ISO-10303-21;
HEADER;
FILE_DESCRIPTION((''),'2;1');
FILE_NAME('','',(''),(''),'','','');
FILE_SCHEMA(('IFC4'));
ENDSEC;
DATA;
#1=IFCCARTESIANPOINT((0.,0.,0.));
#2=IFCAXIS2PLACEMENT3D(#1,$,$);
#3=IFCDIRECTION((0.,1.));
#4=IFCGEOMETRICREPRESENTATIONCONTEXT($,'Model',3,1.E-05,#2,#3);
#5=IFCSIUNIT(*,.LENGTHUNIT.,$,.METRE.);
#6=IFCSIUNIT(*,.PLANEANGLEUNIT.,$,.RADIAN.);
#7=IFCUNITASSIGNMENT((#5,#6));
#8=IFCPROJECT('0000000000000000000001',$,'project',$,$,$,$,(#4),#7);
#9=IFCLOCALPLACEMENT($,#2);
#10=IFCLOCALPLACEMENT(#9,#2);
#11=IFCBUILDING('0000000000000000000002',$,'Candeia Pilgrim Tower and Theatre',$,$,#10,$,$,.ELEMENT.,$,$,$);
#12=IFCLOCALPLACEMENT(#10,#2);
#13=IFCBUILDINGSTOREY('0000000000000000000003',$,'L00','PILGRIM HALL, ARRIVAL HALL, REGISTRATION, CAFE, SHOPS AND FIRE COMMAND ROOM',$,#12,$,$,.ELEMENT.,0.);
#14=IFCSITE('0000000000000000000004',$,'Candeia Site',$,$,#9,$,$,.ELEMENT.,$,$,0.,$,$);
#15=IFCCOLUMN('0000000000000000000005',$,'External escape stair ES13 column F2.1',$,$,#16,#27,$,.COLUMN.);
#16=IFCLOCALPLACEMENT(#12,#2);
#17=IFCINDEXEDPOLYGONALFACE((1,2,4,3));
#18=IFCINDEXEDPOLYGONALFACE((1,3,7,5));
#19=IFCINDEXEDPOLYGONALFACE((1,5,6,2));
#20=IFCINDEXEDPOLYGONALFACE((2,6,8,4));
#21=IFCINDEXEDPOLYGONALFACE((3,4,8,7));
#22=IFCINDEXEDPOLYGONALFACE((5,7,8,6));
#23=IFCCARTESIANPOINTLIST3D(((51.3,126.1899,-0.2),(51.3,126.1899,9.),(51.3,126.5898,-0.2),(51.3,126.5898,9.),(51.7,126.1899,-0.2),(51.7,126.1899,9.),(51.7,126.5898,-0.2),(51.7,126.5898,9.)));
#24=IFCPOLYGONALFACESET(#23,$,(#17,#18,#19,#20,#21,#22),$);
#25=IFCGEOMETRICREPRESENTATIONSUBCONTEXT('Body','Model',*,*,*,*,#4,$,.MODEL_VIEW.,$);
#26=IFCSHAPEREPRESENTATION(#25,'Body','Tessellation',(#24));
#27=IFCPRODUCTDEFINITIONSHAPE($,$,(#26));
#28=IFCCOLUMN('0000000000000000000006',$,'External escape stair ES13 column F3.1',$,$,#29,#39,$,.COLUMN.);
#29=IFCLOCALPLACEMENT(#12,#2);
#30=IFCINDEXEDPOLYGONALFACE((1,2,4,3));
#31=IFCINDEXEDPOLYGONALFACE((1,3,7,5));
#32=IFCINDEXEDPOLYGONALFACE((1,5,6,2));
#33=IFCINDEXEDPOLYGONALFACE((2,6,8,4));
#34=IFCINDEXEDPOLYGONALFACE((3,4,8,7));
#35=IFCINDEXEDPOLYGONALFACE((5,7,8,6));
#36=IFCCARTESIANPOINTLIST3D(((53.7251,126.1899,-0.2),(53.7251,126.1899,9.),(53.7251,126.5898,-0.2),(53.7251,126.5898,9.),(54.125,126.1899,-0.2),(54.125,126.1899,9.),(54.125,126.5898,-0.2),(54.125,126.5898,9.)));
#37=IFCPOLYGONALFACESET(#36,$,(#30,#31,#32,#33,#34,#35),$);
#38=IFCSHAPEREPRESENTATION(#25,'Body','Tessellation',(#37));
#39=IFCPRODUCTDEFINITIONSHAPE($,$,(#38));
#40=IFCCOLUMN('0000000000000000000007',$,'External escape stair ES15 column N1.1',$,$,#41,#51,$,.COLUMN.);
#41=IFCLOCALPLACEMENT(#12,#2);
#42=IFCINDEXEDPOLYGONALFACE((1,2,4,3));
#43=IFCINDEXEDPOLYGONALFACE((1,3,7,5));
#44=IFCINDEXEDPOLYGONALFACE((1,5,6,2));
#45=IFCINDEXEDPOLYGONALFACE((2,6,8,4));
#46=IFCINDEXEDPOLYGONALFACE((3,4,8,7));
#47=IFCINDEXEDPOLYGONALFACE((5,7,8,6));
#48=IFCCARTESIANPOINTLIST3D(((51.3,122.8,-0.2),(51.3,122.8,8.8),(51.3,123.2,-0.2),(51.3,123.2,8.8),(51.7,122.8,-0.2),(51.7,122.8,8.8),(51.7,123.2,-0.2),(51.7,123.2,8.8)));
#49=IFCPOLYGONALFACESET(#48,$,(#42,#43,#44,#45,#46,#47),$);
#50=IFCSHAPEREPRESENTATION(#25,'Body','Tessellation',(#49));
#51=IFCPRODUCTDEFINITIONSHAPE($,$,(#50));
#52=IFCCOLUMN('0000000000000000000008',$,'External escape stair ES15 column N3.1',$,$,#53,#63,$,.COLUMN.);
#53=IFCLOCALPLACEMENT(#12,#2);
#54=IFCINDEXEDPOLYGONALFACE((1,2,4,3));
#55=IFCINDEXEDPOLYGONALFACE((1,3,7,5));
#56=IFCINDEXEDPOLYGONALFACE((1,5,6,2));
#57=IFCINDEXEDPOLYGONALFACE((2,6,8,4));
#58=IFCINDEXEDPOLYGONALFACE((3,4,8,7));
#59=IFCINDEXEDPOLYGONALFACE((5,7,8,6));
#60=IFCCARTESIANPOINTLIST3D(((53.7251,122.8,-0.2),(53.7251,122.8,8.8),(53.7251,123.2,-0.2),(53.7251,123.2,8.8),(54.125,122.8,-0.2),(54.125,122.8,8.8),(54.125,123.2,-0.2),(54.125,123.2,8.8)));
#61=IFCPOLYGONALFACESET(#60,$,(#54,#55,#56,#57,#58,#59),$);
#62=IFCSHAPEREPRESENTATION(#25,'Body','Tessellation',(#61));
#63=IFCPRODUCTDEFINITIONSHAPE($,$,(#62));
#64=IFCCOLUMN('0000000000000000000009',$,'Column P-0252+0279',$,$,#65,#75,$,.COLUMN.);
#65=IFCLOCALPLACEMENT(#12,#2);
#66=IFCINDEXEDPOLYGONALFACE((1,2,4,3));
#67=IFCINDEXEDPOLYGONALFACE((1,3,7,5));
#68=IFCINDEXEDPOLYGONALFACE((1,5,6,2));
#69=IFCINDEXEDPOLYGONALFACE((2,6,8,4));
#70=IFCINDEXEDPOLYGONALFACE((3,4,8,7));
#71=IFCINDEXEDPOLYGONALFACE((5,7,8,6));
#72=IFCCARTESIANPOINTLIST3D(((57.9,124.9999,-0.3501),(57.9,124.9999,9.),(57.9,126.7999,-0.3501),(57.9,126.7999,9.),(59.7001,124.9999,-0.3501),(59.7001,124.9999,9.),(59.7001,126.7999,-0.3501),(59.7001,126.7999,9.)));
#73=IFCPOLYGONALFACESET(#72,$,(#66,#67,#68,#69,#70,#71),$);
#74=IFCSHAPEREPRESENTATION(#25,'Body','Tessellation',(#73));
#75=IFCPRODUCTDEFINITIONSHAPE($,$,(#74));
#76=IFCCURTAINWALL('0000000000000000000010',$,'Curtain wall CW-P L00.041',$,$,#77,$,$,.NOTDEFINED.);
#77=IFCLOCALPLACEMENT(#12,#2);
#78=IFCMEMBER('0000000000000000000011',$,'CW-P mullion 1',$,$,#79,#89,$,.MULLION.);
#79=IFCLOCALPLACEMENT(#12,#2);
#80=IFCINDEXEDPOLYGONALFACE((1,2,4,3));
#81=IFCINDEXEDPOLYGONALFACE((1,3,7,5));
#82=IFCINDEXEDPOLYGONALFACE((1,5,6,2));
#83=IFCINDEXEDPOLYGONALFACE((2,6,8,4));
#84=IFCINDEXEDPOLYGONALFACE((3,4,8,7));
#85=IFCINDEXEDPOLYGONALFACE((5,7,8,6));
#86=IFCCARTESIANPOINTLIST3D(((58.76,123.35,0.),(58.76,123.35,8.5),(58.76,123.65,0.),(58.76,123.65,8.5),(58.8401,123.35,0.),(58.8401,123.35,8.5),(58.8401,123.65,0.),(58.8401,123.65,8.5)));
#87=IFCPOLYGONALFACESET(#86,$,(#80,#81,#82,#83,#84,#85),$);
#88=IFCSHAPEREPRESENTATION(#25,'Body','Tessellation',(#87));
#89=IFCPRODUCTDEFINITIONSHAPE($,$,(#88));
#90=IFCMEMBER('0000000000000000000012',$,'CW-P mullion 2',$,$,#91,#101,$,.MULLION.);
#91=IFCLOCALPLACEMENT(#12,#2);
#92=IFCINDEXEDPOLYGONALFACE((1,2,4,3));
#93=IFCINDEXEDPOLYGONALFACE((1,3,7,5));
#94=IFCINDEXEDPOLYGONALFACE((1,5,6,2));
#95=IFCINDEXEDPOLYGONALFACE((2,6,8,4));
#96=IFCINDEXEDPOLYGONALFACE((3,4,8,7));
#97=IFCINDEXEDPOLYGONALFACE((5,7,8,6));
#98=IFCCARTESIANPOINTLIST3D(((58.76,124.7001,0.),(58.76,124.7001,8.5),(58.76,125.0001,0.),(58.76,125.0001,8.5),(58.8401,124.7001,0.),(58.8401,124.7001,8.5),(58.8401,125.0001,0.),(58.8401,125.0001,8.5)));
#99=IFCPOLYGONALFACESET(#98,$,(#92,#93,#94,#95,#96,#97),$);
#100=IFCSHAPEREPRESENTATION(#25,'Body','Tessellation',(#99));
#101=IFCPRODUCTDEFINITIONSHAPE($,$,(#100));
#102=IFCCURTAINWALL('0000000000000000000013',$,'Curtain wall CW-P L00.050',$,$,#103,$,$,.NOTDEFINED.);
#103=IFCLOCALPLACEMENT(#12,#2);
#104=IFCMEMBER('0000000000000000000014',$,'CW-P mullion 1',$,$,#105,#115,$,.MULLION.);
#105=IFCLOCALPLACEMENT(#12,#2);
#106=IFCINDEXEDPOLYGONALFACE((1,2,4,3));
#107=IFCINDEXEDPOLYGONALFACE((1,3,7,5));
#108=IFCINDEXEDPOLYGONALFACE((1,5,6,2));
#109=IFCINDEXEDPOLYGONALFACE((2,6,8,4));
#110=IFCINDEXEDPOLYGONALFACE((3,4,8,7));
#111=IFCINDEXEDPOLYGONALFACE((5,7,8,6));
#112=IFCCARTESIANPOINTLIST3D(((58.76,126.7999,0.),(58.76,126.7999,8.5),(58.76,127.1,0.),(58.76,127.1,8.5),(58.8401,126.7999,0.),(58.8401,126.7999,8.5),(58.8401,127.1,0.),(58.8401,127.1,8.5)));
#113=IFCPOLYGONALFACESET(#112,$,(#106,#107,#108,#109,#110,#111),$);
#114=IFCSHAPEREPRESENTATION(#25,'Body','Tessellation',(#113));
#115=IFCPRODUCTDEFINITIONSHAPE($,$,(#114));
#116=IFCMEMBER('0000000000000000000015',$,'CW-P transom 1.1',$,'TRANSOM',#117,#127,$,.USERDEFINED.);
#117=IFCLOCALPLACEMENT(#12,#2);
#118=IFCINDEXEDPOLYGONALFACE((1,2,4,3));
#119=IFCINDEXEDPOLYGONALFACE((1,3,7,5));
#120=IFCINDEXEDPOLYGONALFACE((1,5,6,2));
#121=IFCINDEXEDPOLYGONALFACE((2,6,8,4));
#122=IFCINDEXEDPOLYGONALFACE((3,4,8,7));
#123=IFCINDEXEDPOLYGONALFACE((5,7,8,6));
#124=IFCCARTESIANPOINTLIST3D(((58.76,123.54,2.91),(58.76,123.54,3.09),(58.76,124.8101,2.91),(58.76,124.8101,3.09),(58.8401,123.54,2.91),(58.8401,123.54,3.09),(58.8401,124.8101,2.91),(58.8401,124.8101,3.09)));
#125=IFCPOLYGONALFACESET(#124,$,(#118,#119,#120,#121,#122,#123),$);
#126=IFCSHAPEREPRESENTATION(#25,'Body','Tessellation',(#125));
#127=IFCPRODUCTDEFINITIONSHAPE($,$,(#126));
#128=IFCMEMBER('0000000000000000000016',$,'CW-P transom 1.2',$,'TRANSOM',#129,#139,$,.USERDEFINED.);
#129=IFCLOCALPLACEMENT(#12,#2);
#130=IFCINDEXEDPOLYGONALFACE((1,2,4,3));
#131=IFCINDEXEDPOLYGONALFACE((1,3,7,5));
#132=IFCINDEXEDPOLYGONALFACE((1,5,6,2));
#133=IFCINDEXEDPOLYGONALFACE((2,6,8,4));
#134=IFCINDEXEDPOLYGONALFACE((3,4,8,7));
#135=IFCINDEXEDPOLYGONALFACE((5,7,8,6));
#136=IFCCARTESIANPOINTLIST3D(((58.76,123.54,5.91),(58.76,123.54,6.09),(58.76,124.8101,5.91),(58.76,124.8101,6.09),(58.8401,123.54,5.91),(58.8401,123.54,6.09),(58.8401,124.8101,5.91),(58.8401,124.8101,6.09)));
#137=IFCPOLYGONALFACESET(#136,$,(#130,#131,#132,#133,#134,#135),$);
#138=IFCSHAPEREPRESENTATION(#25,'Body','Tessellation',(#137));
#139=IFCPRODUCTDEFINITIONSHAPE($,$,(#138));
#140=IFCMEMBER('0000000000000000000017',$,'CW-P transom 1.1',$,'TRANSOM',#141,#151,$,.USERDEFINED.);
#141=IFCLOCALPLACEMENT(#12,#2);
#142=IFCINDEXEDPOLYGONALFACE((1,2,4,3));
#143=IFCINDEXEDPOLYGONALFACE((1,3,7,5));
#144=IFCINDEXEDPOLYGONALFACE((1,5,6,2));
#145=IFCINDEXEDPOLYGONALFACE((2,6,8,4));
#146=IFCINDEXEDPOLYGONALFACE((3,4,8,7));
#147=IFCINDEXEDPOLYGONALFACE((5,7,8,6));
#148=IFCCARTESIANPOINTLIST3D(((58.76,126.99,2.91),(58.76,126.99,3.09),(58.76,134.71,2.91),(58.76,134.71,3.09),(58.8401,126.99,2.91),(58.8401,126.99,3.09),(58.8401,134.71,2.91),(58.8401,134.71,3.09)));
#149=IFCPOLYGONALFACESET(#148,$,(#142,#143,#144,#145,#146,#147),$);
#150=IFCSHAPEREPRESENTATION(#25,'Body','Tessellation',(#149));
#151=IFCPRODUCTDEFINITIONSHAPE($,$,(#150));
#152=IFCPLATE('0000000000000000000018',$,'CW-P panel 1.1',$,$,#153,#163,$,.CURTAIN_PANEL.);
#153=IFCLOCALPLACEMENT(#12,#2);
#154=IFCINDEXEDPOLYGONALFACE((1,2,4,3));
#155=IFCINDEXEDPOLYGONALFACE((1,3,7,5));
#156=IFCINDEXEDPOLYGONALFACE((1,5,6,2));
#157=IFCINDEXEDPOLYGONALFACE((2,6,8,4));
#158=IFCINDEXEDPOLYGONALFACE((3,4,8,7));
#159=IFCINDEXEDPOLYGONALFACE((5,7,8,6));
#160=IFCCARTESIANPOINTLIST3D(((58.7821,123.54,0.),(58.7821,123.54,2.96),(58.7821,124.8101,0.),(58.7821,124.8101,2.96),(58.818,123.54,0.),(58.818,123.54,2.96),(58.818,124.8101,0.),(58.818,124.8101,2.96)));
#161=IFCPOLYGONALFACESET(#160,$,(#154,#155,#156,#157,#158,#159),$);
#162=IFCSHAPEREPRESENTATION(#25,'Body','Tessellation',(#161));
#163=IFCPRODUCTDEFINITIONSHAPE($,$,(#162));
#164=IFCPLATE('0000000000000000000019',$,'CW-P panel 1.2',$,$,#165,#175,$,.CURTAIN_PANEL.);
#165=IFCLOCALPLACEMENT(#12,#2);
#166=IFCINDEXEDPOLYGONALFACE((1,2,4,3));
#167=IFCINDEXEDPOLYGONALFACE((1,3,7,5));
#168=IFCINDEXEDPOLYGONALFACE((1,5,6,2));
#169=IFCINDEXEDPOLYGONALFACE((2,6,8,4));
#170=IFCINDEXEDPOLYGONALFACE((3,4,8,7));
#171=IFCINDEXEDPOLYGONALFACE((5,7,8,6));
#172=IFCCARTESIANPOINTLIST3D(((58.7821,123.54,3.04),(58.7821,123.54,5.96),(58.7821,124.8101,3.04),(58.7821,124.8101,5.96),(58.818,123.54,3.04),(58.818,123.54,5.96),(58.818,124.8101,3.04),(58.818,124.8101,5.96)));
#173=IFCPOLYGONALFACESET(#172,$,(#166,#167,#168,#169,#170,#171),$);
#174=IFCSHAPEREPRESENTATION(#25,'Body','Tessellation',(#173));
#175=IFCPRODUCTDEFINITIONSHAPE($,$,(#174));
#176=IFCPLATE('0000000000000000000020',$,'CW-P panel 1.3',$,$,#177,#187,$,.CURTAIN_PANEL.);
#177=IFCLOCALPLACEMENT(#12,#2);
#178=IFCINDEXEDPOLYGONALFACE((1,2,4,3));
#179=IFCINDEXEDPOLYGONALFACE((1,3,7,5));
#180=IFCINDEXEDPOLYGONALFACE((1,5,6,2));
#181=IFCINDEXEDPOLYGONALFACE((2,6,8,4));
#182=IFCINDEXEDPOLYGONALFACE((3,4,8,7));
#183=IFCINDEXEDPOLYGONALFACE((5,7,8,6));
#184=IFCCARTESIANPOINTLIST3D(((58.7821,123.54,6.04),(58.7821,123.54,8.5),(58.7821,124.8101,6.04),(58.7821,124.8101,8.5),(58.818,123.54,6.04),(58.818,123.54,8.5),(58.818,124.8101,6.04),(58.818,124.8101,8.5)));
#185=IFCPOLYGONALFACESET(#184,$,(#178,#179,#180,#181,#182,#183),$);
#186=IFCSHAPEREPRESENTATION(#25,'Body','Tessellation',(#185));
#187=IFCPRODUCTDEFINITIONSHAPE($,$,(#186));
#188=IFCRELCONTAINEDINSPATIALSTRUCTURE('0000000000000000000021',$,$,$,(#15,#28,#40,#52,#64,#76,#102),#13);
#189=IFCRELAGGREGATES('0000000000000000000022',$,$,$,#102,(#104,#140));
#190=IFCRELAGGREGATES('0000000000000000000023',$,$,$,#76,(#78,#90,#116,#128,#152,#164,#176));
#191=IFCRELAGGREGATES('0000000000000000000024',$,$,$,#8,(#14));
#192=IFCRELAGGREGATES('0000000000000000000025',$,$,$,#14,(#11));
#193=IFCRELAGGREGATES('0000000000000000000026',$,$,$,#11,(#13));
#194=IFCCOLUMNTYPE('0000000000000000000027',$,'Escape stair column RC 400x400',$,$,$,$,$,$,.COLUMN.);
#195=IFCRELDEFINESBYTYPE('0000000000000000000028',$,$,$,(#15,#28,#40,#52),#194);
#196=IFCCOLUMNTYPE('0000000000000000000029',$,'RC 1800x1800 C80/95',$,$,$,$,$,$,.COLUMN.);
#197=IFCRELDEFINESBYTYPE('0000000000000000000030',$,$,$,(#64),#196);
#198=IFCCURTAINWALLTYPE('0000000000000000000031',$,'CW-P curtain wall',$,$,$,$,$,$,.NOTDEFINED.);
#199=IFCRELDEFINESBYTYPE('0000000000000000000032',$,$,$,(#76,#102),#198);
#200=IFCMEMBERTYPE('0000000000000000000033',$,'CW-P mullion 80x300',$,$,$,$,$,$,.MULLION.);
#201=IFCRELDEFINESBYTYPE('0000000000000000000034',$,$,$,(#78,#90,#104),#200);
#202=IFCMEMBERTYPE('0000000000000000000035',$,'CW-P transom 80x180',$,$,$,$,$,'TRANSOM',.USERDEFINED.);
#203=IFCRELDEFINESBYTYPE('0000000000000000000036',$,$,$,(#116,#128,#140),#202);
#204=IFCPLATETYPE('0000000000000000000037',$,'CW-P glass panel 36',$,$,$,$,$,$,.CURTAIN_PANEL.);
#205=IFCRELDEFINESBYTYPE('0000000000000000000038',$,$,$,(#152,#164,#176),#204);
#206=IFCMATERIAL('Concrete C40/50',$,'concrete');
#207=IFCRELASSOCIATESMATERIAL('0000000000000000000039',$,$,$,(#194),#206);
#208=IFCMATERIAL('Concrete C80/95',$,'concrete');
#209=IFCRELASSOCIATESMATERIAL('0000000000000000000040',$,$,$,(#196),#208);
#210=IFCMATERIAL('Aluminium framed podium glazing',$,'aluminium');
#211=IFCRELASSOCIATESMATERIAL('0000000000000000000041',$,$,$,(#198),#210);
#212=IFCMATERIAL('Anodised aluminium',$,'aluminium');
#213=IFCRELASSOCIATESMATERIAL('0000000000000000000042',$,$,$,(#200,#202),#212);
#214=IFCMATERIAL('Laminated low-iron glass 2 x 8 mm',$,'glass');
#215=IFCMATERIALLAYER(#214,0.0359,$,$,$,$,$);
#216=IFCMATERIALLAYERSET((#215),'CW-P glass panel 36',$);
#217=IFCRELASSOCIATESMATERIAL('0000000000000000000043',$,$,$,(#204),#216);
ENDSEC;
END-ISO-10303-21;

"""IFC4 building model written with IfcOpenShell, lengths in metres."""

from ifc_helpers import new_model, si_unit, direction, frame, origin, origin_2d, place, context, subcontext, project, spatial, rectangle, extrude, material, layer, layer_set, material_profile, profile_set, type_object, element, aggregate, save


model = new_model("IFC4")

# Units and contexts
model_context = context("Model", 3, precision=1e-05, world=origin(), true_north=direction((0.0, 1.0)))
body_context = subcontext(model_context, "Body", "Model", "MODEL_VIEW")
ifc_project = project(units=[si_unit("LENGTHUNIT", "METRE"), si_unit("PLANEANGLEUNIT", "RADIAN")], contexts=[model_context])

# Site, building, storey
site_placement = place(None, origin())
site = spatial("IfcSite", under=ifc_project, at=site_placement, Name="Candeia Site", CompositionType="ELEMENT", RefElevation=0.0)
building_placement = place(site_placement, origin())
building = spatial("IfcBuilding", under=site, at=building_placement, Name="Candeia Pilgrim Tower and Theatre", CompositionType="ELEMENT")
storey_placement = place(building_placement, origin())
storey = spatial("IfcBuildingStorey", under=building, at=storey_placement, Name="L00", Description="PILGRIM HALL, ARRIVAL HALL, REGISTRATION, CAFE, SHOPS AND FIRE COMMAND ROOM", CompositionType="ELEMENT", Elevation=0.0)

# Shared definitions
ifc_material_1 = material(Name="Concrete C40/50", Category="concrete")

# Columns
ifc_material_profile_1 = material_profile(ifc_material_1, rectangle(XDim=0.3999, YDim=0.3999, at=origin_2d()))
ifc_profile_set_1 = profile_set([ifc_material_profile_1], Name="Concrete C40/50")
column_type_1 = type_object("IfcColumnType", Name="Escape stair column RC 400x400", PredefinedType="COLUMN", material=ifc_profile_set_1)
for number, where, z_axis, x_axis, name in (
    (1, (51.5, 126.3899, -0.2), (0.0, 0.0, 1.0), (1.0, 0.0, 0.0), "External escape stair ES13 column F2.1"),
    (2, (53.925, 126.3899, -0.2), (0.0, 0.0, 1.0), (1.0, 0.0, 0.0), "External escape stair ES13 column F3.1"),
):
    element("IfcColumn", number, at=place(storey_placement, frame(where, z_axis=z_axis, x_axis=x_axis)), inside=storey, type_object=column_type_1, Name=name, PredefinedType="COLUMN", context=body_context, shape_type="SweptSolid", body=[
        extrude(rectangle(XDim=0.3999, YDim=0.3999, at=origin_2d()), origin(), (0.0, 0.0, 1.0), 9.2),
    ])
for number, where, z_axis, x_axis, name in (
    (3, (51.5, 123.0, -0.2), (0.0, 0.0, 1.0), (1.0, 0.0, 0.0), "External escape stair ES15 column N1.1"),
    (4, (53.925, 123.0, -0.2), (0.0, 0.0, 1.0), (1.0, 0.0, 0.0), "External escape stair ES15 column N3.1"),
):
    element("IfcColumn", number, at=place(storey_placement, frame(where, z_axis=z_axis, x_axis=x_axis)), inside=storey, type_object=column_type_1, Name=name, PredefinedType="COLUMN", context=body_context, shape_type="SweptSolid", body=[
        extrude(rectangle(XDim=0.3999, YDim=0.3999, at=origin_2d()), origin(), (0.0, 0.0, 1.0), 9.0),
    ])
ifc_material_2 = material(Name="Concrete C80/95", Category="concrete")
ifc_material_profile_2 = material_profile(ifc_material_2, rectangle(XDim=1.8, YDim=1.8, at=origin_2d()))
ifc_profile_set_2 = profile_set([ifc_material_profile_2], Name="Concrete C80/95")
column_type_2 = type_object("IfcColumnType", Name="RC 1800x1800 C80/95", PredefinedType="COLUMN", material=ifc_profile_set_2)
column_1_placement = place(storey_placement, frame((58.8, 125.8999, -0.3501), z_axis=(0.0, 0.0, 1.0), x_axis=(1.0, 0.0, 0.0)))
element("IfcColumn", 5, at=column_1_placement, inside=storey, type_object=column_type_2, Name="Column P-0252+0279", PredefinedType="COLUMN", context=body_context, shape_type="SweptSolid", body=[
    extrude(rectangle(XDim=1.8, YDim=1.8, at=origin_2d()), origin(), (0.0, 0.0, 1.0), 9.3501),
])

# Curtain wall, members
ifc_material_3 = material(Name="Aluminium framed podium glazing", Category="aluminium")
curtain_wall_type = type_object("IfcCurtainWallType", Name="CW-P curtain wall", PredefinedType="NOTDEFINED", material=ifc_material_3)
curtain_wall_1_placement = place(storey_placement, origin())
curtain_wall_1 = element("IfcCurtainWall", 6, at=curtain_wall_1_placement, inside=storey, type_object=curtain_wall_type, Name="Curtain wall CW-P L00.041", PredefinedType="NOTDEFINED")
ifc_material_4 = material(Name="Anodised aluminium", Category="aluminium")
ifc_material_profile_3 = material_profile(ifc_material_4, rectangle(XDim=0.0801, YDim=0.3, at=origin_2d()))
ifc_profile_set_3 = profile_set([ifc_material_profile_3], Name="Anodised aluminium")
member_type_1 = type_object("IfcMemberType", Name="CW-P mullion 80x300", PredefinedType="MULLION", material=ifc_profile_set_3)
member_1_placement = place(storey_placement, frame((58.8, 123.5, 0.0), z_axis=(0.0, 0.0, 1.0), x_axis=(-1.0, 0.0, 0.0)))
member_1 = element("IfcMember", 7, at=member_1_placement, type_object=member_type_1, Name="CW-P mullion 1", PredefinedType="MULLION", context=body_context, shape_type="SweptSolid", body=[
    extrude(rectangle(XDim=0.0801, YDim=0.3, at=origin_2d()), origin(), (0.0, 0.0, 1.0), 8.5),
])
member_2_placement = place(storey_placement, frame((58.8, 124.8501, 0.0), z_axis=(0.0, 0.0, 1.0), x_axis=(-1.0, 0.0, 0.0)))
member_2 = element("IfcMember", 8, at=member_2_placement, type_object=member_type_1, Name="CW-P mullion 2", PredefinedType="MULLION", context=body_context, shape_type="SweptSolid", body=[
    extrude(rectangle(XDim=0.0801, YDim=0.3, at=origin_2d()), origin(), (0.0, 0.0, 1.0), 8.5),
])

# Curtain wall, member
curtain_wall_2_placement = place(storey_placement, origin())
curtain_wall_2 = element("IfcCurtainWall", 9, at=curtain_wall_2_placement, inside=storey, type_object=curtain_wall_type, Name="Curtain wall CW-P L00.050", PredefinedType="NOTDEFINED")
member_3_placement = place(storey_placement, frame((58.8, 126.95, 0.0), z_axis=(0.0, 0.0, 1.0), x_axis=(-1.0, 0.0, 0.0)))
member_3 = element("IfcMember", 10, at=member_3_placement, type_object=member_type_1, Name="CW-P mullion 1", PredefinedType="MULLION", context=body_context, shape_type="SweptSolid", body=[
    extrude(rectangle(XDim=0.0801, YDim=0.3, at=origin_2d()), origin(), (0.0, 0.0, 1.0), 8.5),
])

# Members
ifc_material_profile_4 = material_profile(ifc_material_4, rectangle(XDim=0.0801, YDim=0.1799, at=origin_2d()))
ifc_profile_set_4 = profile_set([ifc_material_profile_4], Name="Anodised aluminium")
member_type_2 = type_object("IfcMemberType", Name="CW-P transom 80x180", ElementType="TRANSOM", PredefinedType="USERDEFINED", material=ifc_profile_set_4)
member_4_placement = place(storey_placement, frame((58.8, 123.54, 3.0), z_axis=(0.0, 1.0, 0.0), x_axis=(-1.0, 0.0, 0.0)))
member_4 = element("IfcMember", 11, at=member_4_placement, type_object=member_type_2, Name="CW-P transom 1.1", ObjectType="TRANSOM", PredefinedType="USERDEFINED", context=body_context, shape_type="SweptSolid", body=[
    extrude(rectangle(XDim=0.0801, YDim=0.1799, at=origin_2d()), origin(), (0.0, 0.0, 1.0), 1.27),
])
member_5_placement = place(storey_placement, frame((58.8, 123.54, 6.0), z_axis=(0.0, 1.0, 0.0), x_axis=(-1.0, 0.0, 0.0)))
member_5 = element("IfcMember", 12, at=member_5_placement, type_object=member_type_2, Name="CW-P transom 1.2", ObjectType="TRANSOM", PredefinedType="USERDEFINED", context=body_context, shape_type="SweptSolid", body=[
    extrude(rectangle(XDim=0.0801, YDim=0.1799, at=origin_2d()), origin(), (0.0, 0.0, 1.0), 1.27),
])
member_6_placement = place(storey_placement, frame((58.8, 126.99, 3.0), z_axis=(0.0, 1.0, 0.0), x_axis=(-1.0, 0.0, 0.0)))
member_6 = element("IfcMember", 13, at=member_6_placement, type_object=member_type_2, Name="CW-P transom 1.1", ObjectType="TRANSOM", PredefinedType="USERDEFINED", context=body_context, shape_type="SweptSolid", body=[
    extrude(rectangle(XDim=0.0801, YDim=0.1799, at=origin_2d()), origin(), (0.0, 0.0, 1.0), 7.72),
])
aggregate(curtain_wall_2, [member_3, member_6])

# Plates
ifc_material_5 = material(Name="Laminated low-iron glass 2 x 8 mm", Category="glass")
ifc_layer_1 = layer(ifc_material_5, 0.0359)
ifc_layer_set_1 = layer_set([ifc_layer_1], Name="CW-P glass panel 36")
plate_type = type_object("IfcPlateType", Name="CW-P glass panel 36", PredefinedType="CURTAIN_PANEL", material=ifc_layer_set_1)
plate_1_placement = place(storey_placement, frame((58.8, 124.175, 0.0), z_axis=(0.0, 0.0, 1.0), x_axis=(0.0, 1.0, 0.0)))
plate_1 = element("IfcPlate", 14, at=plate_1_placement, type_object=plate_type, Name="CW-P panel 1.1", PredefinedType="CURTAIN_PANEL", context=body_context, shape_type="SweptSolid", body=[
    extrude(rectangle(XDim=1.27, YDim=0.0359, at=origin_2d()), origin(), (0.0, 0.0, 1.0), 2.96),
])
plate_2_placement = place(storey_placement, frame((58.8, 124.175, 3.04), z_axis=(0.0, 0.0, 1.0), x_axis=(0.0, 1.0, 0.0)))
plate_2 = element("IfcPlate", 15, at=plate_2_placement, type_object=plate_type, Name="CW-P panel 1.2", PredefinedType="CURTAIN_PANEL", context=body_context, shape_type="SweptSolid", body=[
    extrude(rectangle(XDim=1.27, YDim=0.0359, at=origin_2d()), origin(), (0.0, 0.0, 1.0), 2.9199),
])
plate_3_placement = place(storey_placement, frame((58.8, 124.175, 6.04), z_axis=(0.0, 0.0, 1.0), x_axis=(0.0, 1.0, 0.0)))
plate_3 = element("IfcPlate", 16, at=plate_3_placement, type_object=plate_type, Name="CW-P panel 1.3", PredefinedType="CURTAIN_PANEL", context=body_context, shape_type="SweptSolid", body=[
    extrude(rectangle(XDim=1.27, YDim=0.0359, at=origin_2d()), origin(), (0.0, 0.0, 1.0), 2.46),
])
aggregate(curtain_wall_1, [member_1, member_2, member_4, member_5, plate_1, plate_2, plate_3])

save(model, "model.ifc")
